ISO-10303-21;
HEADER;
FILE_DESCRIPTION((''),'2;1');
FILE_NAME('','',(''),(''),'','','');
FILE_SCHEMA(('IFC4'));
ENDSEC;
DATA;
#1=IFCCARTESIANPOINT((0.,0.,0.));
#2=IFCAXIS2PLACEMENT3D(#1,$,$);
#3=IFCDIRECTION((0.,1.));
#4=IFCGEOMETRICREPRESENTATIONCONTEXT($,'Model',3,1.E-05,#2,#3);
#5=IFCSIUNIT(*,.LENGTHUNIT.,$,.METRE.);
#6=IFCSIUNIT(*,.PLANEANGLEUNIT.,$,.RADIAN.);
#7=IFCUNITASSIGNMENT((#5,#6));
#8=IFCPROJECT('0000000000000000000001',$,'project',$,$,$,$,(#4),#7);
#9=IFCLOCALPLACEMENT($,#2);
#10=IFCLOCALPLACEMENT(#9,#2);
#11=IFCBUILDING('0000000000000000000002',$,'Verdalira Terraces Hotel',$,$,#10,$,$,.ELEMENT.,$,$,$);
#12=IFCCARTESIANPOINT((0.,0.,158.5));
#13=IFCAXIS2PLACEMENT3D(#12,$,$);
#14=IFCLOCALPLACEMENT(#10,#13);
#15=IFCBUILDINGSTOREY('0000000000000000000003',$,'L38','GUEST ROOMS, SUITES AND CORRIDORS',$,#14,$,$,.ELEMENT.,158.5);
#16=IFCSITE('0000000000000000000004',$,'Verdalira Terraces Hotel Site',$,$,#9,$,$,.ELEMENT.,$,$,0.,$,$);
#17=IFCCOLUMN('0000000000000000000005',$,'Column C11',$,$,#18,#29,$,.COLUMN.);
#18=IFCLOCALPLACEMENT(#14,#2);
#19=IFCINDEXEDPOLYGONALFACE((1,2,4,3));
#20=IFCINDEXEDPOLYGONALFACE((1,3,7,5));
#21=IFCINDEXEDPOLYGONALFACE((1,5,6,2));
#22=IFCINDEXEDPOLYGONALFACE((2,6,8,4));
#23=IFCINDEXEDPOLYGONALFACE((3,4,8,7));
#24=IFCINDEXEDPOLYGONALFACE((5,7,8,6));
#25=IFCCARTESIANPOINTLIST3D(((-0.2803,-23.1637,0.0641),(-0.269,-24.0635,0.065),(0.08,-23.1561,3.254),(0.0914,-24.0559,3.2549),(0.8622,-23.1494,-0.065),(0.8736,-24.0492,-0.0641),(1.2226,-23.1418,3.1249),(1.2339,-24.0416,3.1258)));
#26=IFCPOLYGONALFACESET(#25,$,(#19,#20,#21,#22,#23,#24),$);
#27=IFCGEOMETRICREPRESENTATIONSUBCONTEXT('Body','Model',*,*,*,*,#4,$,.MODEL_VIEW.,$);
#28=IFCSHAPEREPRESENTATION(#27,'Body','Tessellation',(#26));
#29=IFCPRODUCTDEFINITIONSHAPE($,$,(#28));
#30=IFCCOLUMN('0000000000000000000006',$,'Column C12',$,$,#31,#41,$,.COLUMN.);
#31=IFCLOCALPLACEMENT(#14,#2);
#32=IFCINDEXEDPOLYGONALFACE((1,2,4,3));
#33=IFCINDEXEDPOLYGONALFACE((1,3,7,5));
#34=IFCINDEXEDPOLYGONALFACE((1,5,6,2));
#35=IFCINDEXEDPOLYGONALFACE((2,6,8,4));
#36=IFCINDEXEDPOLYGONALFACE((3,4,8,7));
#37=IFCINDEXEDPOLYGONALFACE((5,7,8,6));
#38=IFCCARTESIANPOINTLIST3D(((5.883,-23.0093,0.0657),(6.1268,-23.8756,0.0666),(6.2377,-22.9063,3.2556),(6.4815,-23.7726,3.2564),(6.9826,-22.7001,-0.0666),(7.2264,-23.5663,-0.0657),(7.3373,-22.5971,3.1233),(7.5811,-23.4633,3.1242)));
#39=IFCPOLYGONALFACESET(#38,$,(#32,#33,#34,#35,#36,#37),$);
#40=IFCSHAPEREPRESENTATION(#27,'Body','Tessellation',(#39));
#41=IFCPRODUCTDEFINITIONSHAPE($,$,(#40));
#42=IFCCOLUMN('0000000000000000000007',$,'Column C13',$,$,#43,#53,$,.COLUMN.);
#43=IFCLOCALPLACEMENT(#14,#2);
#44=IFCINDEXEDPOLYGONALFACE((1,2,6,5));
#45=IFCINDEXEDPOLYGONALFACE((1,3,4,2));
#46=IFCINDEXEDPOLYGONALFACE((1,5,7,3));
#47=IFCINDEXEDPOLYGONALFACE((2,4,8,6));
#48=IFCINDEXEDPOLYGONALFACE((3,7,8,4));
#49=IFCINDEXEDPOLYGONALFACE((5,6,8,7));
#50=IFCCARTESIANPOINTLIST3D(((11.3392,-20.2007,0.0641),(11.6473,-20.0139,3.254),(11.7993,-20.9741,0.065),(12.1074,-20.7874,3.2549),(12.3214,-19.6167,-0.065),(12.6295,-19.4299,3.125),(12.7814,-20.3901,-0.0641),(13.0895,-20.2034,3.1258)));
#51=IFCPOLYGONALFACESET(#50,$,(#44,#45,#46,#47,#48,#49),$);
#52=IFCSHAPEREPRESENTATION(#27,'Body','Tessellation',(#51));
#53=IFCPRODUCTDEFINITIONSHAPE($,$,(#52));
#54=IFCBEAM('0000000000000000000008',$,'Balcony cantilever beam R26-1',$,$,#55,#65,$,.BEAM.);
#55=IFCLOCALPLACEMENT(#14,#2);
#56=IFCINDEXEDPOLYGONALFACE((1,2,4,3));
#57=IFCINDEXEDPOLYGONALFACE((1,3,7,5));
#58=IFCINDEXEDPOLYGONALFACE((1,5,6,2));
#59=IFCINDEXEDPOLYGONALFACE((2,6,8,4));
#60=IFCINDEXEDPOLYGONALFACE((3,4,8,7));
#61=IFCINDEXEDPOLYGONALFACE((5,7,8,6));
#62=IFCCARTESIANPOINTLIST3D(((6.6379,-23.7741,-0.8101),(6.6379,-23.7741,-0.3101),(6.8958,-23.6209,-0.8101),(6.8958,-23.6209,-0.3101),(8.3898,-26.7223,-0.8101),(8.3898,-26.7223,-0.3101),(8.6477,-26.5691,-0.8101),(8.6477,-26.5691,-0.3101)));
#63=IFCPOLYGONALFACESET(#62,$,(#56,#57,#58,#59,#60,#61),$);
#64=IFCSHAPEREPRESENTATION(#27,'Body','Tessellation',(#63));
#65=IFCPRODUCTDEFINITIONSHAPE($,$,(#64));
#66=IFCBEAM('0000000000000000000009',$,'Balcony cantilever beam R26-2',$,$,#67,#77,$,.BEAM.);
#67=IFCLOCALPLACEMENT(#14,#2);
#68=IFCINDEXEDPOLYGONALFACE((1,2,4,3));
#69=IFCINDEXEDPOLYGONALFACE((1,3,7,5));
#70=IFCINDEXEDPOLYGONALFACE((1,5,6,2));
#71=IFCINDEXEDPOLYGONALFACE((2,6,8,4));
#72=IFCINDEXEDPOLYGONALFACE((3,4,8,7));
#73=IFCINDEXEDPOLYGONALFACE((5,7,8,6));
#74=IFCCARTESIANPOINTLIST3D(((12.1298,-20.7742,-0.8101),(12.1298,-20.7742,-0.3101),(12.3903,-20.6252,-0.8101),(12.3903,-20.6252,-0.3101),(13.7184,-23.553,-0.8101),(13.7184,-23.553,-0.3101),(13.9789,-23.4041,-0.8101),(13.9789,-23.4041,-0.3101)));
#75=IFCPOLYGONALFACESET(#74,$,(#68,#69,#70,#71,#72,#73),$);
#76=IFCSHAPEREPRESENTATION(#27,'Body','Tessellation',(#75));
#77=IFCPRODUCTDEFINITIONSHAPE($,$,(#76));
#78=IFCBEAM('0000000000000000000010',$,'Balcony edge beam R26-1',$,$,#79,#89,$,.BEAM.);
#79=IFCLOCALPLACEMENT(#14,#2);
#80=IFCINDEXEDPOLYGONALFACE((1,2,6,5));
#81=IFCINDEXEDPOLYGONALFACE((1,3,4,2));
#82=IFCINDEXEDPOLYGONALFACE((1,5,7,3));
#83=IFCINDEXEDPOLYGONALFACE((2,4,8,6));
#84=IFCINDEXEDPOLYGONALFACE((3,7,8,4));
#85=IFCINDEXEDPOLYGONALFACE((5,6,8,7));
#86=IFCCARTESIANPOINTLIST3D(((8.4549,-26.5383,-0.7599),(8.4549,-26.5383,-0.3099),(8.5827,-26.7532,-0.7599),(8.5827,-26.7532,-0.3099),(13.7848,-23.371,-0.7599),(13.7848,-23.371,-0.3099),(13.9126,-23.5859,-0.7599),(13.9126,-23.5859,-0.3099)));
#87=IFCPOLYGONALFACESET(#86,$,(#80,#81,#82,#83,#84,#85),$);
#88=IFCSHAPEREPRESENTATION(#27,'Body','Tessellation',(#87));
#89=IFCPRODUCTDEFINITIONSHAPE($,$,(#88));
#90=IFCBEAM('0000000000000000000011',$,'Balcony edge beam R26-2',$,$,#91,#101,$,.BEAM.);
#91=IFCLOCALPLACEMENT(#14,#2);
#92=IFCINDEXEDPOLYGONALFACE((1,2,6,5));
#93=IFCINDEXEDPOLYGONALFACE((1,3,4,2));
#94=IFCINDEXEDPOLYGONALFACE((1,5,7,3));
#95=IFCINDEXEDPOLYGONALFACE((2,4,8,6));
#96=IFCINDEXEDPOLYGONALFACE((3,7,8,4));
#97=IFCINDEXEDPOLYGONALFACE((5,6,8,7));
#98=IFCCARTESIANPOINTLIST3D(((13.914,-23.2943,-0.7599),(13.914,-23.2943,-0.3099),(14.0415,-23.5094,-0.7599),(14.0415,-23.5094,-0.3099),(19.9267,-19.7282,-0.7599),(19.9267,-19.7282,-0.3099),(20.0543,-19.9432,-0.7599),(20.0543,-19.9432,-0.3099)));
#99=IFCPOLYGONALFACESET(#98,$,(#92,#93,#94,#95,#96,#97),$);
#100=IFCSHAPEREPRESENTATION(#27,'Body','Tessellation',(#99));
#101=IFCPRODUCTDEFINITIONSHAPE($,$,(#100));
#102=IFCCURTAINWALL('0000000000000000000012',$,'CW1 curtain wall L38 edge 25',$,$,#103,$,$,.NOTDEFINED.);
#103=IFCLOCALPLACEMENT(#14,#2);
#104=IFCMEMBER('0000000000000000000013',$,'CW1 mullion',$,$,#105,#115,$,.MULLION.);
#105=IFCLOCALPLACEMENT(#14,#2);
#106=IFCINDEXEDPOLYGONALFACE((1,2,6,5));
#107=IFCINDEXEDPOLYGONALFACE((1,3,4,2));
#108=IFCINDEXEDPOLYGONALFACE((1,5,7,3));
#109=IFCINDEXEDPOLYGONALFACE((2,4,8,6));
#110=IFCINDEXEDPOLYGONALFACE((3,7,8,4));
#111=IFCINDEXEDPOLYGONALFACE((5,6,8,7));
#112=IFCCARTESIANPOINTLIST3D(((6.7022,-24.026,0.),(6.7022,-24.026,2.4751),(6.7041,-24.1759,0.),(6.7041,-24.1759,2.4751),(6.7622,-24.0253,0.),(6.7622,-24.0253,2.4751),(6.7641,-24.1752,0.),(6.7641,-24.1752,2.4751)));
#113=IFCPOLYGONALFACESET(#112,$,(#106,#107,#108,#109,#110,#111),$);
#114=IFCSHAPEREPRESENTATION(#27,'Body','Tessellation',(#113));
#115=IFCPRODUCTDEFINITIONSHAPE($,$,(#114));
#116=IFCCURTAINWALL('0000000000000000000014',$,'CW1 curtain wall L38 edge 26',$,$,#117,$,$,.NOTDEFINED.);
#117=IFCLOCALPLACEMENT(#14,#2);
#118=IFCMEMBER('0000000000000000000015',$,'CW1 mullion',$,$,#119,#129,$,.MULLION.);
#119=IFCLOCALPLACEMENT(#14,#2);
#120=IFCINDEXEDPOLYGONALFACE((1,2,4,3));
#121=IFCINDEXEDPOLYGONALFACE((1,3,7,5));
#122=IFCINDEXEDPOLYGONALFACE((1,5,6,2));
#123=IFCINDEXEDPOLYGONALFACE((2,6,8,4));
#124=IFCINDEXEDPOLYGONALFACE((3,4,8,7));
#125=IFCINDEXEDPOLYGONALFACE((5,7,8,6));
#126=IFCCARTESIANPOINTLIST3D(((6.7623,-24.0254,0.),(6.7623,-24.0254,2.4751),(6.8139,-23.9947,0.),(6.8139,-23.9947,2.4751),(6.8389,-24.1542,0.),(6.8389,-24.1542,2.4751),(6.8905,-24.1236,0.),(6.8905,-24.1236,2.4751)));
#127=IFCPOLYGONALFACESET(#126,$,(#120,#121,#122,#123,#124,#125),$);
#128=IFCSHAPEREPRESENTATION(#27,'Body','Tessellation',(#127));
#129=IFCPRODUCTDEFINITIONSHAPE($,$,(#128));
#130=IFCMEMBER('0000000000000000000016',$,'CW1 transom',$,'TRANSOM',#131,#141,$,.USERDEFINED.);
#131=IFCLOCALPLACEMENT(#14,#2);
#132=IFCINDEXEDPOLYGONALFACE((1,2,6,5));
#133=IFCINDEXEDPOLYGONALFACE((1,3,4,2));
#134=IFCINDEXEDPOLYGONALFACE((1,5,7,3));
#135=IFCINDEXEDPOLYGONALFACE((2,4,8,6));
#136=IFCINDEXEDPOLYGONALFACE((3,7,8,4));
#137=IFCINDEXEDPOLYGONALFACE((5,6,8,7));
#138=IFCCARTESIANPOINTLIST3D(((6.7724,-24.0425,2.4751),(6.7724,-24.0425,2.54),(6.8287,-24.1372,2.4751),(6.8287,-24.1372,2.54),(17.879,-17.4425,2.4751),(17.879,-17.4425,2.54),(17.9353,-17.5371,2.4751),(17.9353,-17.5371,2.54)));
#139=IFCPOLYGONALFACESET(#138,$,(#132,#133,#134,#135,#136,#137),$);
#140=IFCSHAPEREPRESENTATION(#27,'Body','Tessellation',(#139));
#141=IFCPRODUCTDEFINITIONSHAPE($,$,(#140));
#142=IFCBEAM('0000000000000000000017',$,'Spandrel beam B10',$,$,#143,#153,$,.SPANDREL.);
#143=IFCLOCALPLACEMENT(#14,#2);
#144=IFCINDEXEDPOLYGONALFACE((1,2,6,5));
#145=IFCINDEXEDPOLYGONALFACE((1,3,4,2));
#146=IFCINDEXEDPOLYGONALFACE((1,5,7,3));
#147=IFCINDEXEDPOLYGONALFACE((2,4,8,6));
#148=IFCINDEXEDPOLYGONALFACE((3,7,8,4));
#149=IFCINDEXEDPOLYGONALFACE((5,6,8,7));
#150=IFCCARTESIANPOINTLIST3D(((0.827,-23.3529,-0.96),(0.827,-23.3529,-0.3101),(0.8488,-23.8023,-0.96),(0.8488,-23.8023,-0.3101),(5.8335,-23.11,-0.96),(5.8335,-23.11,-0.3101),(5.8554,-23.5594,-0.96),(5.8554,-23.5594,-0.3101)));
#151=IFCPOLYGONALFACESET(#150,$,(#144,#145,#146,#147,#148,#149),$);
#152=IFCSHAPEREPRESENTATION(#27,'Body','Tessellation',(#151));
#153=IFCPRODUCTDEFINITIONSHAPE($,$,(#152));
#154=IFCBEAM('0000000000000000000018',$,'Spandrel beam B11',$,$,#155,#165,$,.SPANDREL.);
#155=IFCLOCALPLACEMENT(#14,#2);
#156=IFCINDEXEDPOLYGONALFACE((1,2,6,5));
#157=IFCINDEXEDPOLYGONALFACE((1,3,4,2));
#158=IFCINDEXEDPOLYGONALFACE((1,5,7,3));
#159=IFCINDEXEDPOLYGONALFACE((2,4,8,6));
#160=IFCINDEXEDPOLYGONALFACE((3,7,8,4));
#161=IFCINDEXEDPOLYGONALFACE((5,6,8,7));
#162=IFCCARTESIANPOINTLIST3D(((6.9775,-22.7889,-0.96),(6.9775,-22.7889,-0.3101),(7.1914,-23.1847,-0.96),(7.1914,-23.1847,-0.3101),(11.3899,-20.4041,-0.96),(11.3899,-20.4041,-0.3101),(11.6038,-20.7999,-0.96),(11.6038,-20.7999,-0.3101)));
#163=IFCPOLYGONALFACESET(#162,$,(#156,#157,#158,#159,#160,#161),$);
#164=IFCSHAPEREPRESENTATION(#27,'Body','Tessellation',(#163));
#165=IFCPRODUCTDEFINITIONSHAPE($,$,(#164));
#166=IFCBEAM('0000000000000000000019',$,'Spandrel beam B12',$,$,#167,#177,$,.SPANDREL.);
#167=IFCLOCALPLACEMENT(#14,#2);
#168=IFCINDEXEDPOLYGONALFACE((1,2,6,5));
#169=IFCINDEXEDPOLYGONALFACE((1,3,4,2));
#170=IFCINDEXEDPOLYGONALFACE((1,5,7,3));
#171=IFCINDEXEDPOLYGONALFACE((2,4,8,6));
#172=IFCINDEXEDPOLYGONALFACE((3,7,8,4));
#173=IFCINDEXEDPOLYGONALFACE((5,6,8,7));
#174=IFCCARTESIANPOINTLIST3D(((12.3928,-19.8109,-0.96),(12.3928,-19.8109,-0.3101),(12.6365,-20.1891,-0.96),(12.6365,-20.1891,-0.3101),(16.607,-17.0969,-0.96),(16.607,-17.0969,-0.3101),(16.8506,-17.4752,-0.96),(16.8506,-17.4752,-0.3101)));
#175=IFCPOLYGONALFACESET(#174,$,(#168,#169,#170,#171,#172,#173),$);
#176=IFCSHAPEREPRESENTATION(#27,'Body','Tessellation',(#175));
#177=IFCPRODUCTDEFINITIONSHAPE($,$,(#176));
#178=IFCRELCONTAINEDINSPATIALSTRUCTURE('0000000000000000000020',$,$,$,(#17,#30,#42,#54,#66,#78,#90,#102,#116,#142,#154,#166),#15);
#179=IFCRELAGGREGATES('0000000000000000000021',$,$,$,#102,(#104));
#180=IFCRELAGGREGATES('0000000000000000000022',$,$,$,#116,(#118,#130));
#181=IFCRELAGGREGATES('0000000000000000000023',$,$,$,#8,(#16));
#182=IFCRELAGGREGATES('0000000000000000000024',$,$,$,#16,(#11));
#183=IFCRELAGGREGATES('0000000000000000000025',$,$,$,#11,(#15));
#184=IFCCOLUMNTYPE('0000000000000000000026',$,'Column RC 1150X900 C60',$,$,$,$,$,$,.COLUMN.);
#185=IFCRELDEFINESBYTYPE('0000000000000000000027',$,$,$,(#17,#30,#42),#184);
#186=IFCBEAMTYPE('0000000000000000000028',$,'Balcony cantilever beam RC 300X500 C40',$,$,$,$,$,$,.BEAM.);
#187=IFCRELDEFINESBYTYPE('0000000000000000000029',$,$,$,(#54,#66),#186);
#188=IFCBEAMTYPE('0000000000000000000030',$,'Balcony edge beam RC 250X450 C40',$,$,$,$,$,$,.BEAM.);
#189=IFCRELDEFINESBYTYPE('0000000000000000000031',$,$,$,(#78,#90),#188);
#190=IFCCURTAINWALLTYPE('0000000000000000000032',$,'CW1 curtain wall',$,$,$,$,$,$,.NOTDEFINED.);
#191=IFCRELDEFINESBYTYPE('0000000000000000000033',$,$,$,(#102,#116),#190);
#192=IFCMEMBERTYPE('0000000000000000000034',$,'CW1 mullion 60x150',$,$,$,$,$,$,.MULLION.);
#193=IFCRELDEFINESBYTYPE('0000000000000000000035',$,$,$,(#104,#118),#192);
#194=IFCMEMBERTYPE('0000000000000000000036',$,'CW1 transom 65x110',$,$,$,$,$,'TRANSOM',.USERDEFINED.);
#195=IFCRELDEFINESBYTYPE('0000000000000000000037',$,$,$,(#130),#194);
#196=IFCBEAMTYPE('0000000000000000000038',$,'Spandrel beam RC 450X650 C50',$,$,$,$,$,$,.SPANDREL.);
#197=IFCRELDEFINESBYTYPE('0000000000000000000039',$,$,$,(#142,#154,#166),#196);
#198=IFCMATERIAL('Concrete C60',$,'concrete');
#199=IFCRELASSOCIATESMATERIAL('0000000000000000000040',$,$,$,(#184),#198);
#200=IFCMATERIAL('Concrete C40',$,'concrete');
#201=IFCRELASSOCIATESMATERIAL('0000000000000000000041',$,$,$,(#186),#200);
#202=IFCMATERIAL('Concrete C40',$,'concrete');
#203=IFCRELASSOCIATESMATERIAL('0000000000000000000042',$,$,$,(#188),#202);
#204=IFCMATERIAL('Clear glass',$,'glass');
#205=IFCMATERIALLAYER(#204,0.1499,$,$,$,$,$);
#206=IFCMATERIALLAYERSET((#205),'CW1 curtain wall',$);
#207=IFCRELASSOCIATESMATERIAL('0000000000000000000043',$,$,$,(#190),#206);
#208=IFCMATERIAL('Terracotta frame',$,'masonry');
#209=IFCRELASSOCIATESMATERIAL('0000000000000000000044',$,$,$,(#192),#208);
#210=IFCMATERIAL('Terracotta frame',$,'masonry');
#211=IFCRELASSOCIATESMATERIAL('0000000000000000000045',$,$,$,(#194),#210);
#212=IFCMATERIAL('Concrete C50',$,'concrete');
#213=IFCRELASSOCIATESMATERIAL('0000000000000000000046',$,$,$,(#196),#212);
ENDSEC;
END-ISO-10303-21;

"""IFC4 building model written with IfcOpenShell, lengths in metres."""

from ifc_helpers import new_model, si_unit, direction, frame, origin, origin_2d, place, context, subcontext, project, spatial, rectangle, extrude, material, layer, layer_set, material_profile, profile_set, type_object, element, aggregate, save


model = new_model("IFC4")

# Units and contexts
model_context = context("Model", 3, precision=1e-05, world=origin(), true_north=direction((0.0, 1.0)))
body_context = subcontext(model_context, "Body", "Model", "MODEL_VIEW")
ifc_project = project(units=[si_unit("LENGTHUNIT", "METRE"), si_unit("PLANEANGLEUNIT", "RADIAN")], contexts=[model_context])

# Site, building, storey
site_placement = place(None, origin())
site = spatial("IfcSite", under=ifc_project, at=site_placement, Name="Verdalira Terraces Hotel Site", CompositionType="ELEMENT", RefElevation=0.0)
building_placement = place(site_placement, origin())
building = spatial("IfcBuilding", under=site, at=building_placement, Name="Verdalira Terraces Hotel", CompositionType="ELEMENT")
storey_placement = place(building_placement, frame((0.0, 0.0, 158.5)))
storey = spatial("IfcBuildingStorey", under=building, at=storey_placement, Name="L38", Description="GUEST ROOMS, SUITES AND CORRIDORS", CompositionType="ELEMENT", Elevation=158.5)

# Columns
ifc_material_1 = material(Name="Concrete C60", Category="concrete")
ifc_material_profile_1 = material_profile(ifc_material_1, rectangle(XDim=1.1499, YDim=0.8999, at=origin_2d()), Name="RC 1150X900")
ifc_profile_set_1 = profile_set([ifc_material_profile_1], Name="Concrete C60")
column_type = type_object("IfcColumnType", Name="Column RC 1150X900 C60", PredefinedType="COLUMN", material=ifc_profile_set_1)
column_1_placement = place(storey_placement, frame((0.2966, -23.6064, 0.0), z_axis=(0.112251, 0.002358, 0.993677), x_axis=(0.9936, 0.012435, -0.112271)))
element("IfcColumn", 1, at=column_1_placement, inside=storey, type_object=column_type, Name="Column C11", PredefinedType="COLUMN", context=body_context, shape_type="SweptSolid", body=[
    extrude(rectangle(XDim=1.1499, YDim=0.8999, at=origin_2d()), origin(), (0.0, 0.0, 1.0), 3.2102),
])
column_2_placement = place(storey_placement, frame((6.5547, -23.2878, 0.0), z_axis=(0.110466, 0.032083, 0.993362), x_axis=(-0.956261, -0.268949, 0.115027)))
element("IfcColumn", 2, at=column_2_placement, inside=storey, type_object=column_type, Name="Column C12", PredefinedType="COLUMN", context=body_context, shape_type="SweptSolid", body=[
    extrude(rectangle(XDim=1.1499, YDim=0.8999, at=origin_2d()), origin(), (0.0, 0.0, 1.0), 3.2112),
])
column_3_placement = place(storey_placement, frame((12.0603, -20.2954, 0.0), z_axis=(0.095976, 0.058179, 0.993682), x_axis=(0.85409, 0.507873, -0.112229)))
element("IfcColumn", 3, at=column_3_placement, inside=storey, type_object=column_type, Name="Column C13", PredefinedType="COLUMN", context=body_context, shape_type="SweptSolid", body=[
    extrude(rectangle(XDim=1.1499, YDim=0.8999, at=origin_2d()), origin(), (0.0, 0.0, 1.0), 3.2102),
])

# Beams
ifc_material_2 = material(Name="Concrete C40", Category="concrete")
ifc_material_profile_2 = material_profile(ifc_material_2, rectangle(XDim=0.3, YDim=0.5, at=origin_2d()), Name="RC 300X500")
ifc_profile_set_2 = profile_set([ifc_material_profile_2], Name="Concrete C40")
beam_type_1 = type_object("IfcBeamType", Name="Balcony cantilever beam RC 300X500 C40", PredefinedType="BEAM", material=ifc_profile_set_2)
beam_1_placement = place(storey_placement, frame((6.7668, -23.6975, -0.5601), z_axis=(0.510848, -0.859671, 0.0), x_axis=(0.859671, 0.510848, 0.0)))
element("IfcBeam", 4, at=beam_1_placement, inside=storey, type_object=beam_type_1, Name="Balcony cantilever beam R26-1", PredefinedType="BEAM", context=body_context, shape_type="SweptSolid", body=[
    extrude(rectangle(XDim=0.3, YDim=0.5, at=origin_2d()), origin(), (0.0, 0.0, 1.0), 3.4294),
])
beam_2_placement = place(storey_placement, frame((12.26, -20.6997, -0.5601), z_axis=(0.496311, -0.868145, 0.0), x_axis=(0.868145, 0.496311, 0.0)))
element("IfcBeam", 5, at=beam_2_placement, inside=storey, type_object=beam_type_1, Name="Balcony cantilever beam R26-2", PredefinedType="BEAM", context=body_context, shape_type="SweptSolid", body=[
    extrude(rectangle(XDim=0.3, YDim=0.5, at=origin_2d()), origin(), (0.0, 0.0, 1.0), 3.2009),
])
ifc_material_3 = material(Name="Concrete C40", Category="concrete")
ifc_material_profile_3 = material_profile(ifc_material_3, rectangle(XDim=0.25, YDim=0.45, at=origin_2d()), Name="RC 250X450")
ifc_profile_set_3 = profile_set([ifc_material_profile_3], Name="Concrete C40")
beam_type_2 = type_object("IfcBeamType", Name="Balcony edge beam RC 250X450 C40", PredefinedType="BEAM", material=ifc_profile_set_3)
beam_3_placement = place(storey_placement, frame((8.5188, -26.6458, -0.5349), z_axis=(0.859667, 0.510854, 0.0), x_axis=(-0.510854, 0.859667, 0.0)))
element("IfcBeam", 6, at=beam_3_placement, inside=storey, type_object=beam_type_2, Name="Balcony edge beam R26-1", PredefinedType="BEAM", context=body_context, shape_type="SweptSolid", body=[
    extrude(rectangle(XDim=0.25, YDim=0.45, at=origin_2d()), origin(), (0.0, 0.0, 1.0), 6.2),
])
beam_4_placement = place(storey_placement, frame((13.9778, -23.4019, -0.5349), z_axis=(0.860098, 0.510129, 0.0), x_axis=(-0.510129, 0.860098, 0.0)))
element("IfcBeam", 7, at=beam_4_placement, inside=storey, type_object=beam_type_2, Name="Balcony edge beam R26-2", PredefinedType="BEAM", context=body_context, shape_type="SweptSolid", body=[
    extrude(rectangle(XDim=0.25, YDim=0.45, at=origin_2d()), origin(), (0.0, 0.0, 1.0), 6.9907),
])

# Curtain wall, member
ifc_material_4 = material(Name="Clear glass", Category="glass")
ifc_layer_1 = layer(ifc_material_4, 0.1499)
ifc_layer_set_1 = layer_set([ifc_layer_1], Name="CW1 curtain wall")
curtain_wall_type = type_object("IfcCurtainWallType", Name="CW1 curtain wall", PredefinedType="NOTDEFINED", material=ifc_layer_set_1)
curtain_wall_1_placement = place(storey_placement, origin())
curtain_wall_1 = element("IfcCurtainWall", 8, at=curtain_wall_1_placement, inside=storey, type_object=curtain_wall_type, Name="CW1 curtain wall L38 edge 25", PredefinedType="NOTDEFINED")
ifc_material_5 = material(Name="Terracotta frame", Category="masonry")
ifc_material_profile_4 = material_profile(ifc_material_5, rectangle(XDim=0.0601, YDim=0.1499, at=origin_2d()), Name="MU 60x150")
ifc_profile_set_4 = profile_set([ifc_material_profile_4], Name="Terracotta frame")
member_type_1 = type_object("IfcMemberType", Name="CW1 mullion 60x150", PredefinedType="MULLION", material=ifc_profile_set_4)
member_1_placement = place(storey_placement, frame((6.7332, -24.1006, 0.0), z_axis=(0.0, 0.0, 1.0), x_axis=(0.999921, 0.012566, 0.0)))
member_1 = element("IfcMember", 9, at=member_1_placement, type_object=member_type_1, Name="CW1 mullion", PredefinedType="MULLION", context=body_context, shape_type="SweptSolid", body=[
    extrude(rectangle(XDim=0.0601, YDim=0.1499, at=origin_2d()), origin(), (0.0, 0.0, 1.0), 2.4751),
])

# Curtain wall, members
curtain_wall_2_placement = place(storey_placement, origin())
curtain_wall_2 = element("IfcCurtainWall", 10, at=curtain_wall_2_placement, inside=storey, type_object=curtain_wall_type, Name="CW1 curtain wall L38 edge 26", PredefinedType="NOTDEFINED")
member_2_placement = place(storey_placement, frame((6.8264, -24.0745, 0.0), z_axis=(0.0, 0.0, 1.0), x_axis=(0.859674, 0.510843, 0.0)))
member_2 = element("IfcMember", 11, at=member_2_placement, type_object=member_type_1, Name="CW1 mullion", PredefinedType="MULLION", context=body_context, shape_type="SweptSolid", body=[
    extrude(rectangle(XDim=0.0601, YDim=0.1499, at=origin_2d()), origin(), (0.0, 0.0, 1.0), 2.4751),
])
ifc_material_6 = material(Name="Terracotta frame", Category="masonry")
ifc_material_profile_5 = material_profile(ifc_material_6, rectangle(XDim=0.1101, YDim=0.0649, at=origin_2d()), Name="TR 65x110")
ifc_profile_set_5 = profile_set([ifc_material_profile_5], Name="Terracotta frame")
member_type_2 = type_object("IfcMemberType", Name="CW1 transom 65x110", ElementType="TRANSOM", PredefinedType="USERDEFINED", material=ifc_profile_set_5)
member_3_placement = place(storey_placement, frame((6.8005, -24.0898, 2.5076), z_axis=(0.859668, 0.510854, 0.0), x_axis=(-0.510854, 0.859668, 0.0)))
member_3 = element("IfcMember", 12, at=member_3_placement, type_object=member_type_2, Name="CW1 transom", ObjectType="TRANSOM", PredefinedType="USERDEFINED", context=body_context, shape_type="SweptSolid", body=[
    extrude(rectangle(XDim=0.1101, YDim=0.0649, at=origin_2d()), origin(), (0.0, 0.0, 1.0), 12.9197),
])

# Beams
ifc_material_7 = material(Name="Concrete C50", Category="concrete")
ifc_material_profile_6 = material_profile(ifc_material_7, rectangle(XDim=0.45, YDim=0.6499, at=origin_2d()), Name="RC 450X650")
ifc_profile_set_6 = profile_set([ifc_material_profile_6], Name="Concrete C50")
beam_type_3 = type_object("IfcBeamType", Name="Spandrel beam RC 450X650 C50", PredefinedType="SPANDREL", material=ifc_profile_set_6)
beam_5_placement = place(storey_placement, frame((0.8379, -23.5776, -0.635), z_axis=(0.998825, 0.048463, 0.0), x_axis=(-0.048463, 0.998825, 0.0)))
element("IfcBeam", 13, at=beam_5_placement, inside=storey, type_object=beam_type_3, Name="Spandrel beam B10", PredefinedType="SPANDREL", context=body_context, shape_type="SweptSolid", body=[
    extrude(rectangle(XDim=0.45, YDim=0.6499, at=origin_2d()), origin(), (0.0, 0.0, 1.0), 5.0125),
])
beam_6_placement = place(storey_placement, frame((7.0845, -22.9868, -0.635), z_axis=(0.879731, 0.475472, 0.0), x_axis=(-0.475472, 0.879731, 0.0)))
element("IfcBeam", 14, at=beam_6_placement, inside=storey, type_object=beam_type_3, Name="Spandrel beam B11", PredefinedType="SPANDREL", context=body_context, shape_type="SweptSolid", body=[
    extrude(rectangle(XDim=0.45, YDim=0.6499, at=origin_2d()), origin(), (0.0, 0.0, 1.0), 5.0156),
])
beam_7_placement = place(storey_placement, frame((12.5146, -20.0, -0.635), z_axis=(0.840743, 0.541434, 0.0), x_axis=(-0.541434, 0.840743, 0.0)))
element("IfcBeam", 15, at=beam_7_placement, inside=storey, type_object=beam_type_3, Name="Spandrel beam B12", PredefinedType="SPANDREL", context=body_context, shape_type="SweptSolid", body=[
    extrude(rectangle(XDim=0.45, YDim=0.6499, at=origin_2d()), origin(), (0.0, 0.0, 1.0), 5.0125),
])

aggregate(curtain_wall_1, [member_1])
aggregate(curtain_wall_2, [member_2, member_3])

save(model, "model.ifc")
